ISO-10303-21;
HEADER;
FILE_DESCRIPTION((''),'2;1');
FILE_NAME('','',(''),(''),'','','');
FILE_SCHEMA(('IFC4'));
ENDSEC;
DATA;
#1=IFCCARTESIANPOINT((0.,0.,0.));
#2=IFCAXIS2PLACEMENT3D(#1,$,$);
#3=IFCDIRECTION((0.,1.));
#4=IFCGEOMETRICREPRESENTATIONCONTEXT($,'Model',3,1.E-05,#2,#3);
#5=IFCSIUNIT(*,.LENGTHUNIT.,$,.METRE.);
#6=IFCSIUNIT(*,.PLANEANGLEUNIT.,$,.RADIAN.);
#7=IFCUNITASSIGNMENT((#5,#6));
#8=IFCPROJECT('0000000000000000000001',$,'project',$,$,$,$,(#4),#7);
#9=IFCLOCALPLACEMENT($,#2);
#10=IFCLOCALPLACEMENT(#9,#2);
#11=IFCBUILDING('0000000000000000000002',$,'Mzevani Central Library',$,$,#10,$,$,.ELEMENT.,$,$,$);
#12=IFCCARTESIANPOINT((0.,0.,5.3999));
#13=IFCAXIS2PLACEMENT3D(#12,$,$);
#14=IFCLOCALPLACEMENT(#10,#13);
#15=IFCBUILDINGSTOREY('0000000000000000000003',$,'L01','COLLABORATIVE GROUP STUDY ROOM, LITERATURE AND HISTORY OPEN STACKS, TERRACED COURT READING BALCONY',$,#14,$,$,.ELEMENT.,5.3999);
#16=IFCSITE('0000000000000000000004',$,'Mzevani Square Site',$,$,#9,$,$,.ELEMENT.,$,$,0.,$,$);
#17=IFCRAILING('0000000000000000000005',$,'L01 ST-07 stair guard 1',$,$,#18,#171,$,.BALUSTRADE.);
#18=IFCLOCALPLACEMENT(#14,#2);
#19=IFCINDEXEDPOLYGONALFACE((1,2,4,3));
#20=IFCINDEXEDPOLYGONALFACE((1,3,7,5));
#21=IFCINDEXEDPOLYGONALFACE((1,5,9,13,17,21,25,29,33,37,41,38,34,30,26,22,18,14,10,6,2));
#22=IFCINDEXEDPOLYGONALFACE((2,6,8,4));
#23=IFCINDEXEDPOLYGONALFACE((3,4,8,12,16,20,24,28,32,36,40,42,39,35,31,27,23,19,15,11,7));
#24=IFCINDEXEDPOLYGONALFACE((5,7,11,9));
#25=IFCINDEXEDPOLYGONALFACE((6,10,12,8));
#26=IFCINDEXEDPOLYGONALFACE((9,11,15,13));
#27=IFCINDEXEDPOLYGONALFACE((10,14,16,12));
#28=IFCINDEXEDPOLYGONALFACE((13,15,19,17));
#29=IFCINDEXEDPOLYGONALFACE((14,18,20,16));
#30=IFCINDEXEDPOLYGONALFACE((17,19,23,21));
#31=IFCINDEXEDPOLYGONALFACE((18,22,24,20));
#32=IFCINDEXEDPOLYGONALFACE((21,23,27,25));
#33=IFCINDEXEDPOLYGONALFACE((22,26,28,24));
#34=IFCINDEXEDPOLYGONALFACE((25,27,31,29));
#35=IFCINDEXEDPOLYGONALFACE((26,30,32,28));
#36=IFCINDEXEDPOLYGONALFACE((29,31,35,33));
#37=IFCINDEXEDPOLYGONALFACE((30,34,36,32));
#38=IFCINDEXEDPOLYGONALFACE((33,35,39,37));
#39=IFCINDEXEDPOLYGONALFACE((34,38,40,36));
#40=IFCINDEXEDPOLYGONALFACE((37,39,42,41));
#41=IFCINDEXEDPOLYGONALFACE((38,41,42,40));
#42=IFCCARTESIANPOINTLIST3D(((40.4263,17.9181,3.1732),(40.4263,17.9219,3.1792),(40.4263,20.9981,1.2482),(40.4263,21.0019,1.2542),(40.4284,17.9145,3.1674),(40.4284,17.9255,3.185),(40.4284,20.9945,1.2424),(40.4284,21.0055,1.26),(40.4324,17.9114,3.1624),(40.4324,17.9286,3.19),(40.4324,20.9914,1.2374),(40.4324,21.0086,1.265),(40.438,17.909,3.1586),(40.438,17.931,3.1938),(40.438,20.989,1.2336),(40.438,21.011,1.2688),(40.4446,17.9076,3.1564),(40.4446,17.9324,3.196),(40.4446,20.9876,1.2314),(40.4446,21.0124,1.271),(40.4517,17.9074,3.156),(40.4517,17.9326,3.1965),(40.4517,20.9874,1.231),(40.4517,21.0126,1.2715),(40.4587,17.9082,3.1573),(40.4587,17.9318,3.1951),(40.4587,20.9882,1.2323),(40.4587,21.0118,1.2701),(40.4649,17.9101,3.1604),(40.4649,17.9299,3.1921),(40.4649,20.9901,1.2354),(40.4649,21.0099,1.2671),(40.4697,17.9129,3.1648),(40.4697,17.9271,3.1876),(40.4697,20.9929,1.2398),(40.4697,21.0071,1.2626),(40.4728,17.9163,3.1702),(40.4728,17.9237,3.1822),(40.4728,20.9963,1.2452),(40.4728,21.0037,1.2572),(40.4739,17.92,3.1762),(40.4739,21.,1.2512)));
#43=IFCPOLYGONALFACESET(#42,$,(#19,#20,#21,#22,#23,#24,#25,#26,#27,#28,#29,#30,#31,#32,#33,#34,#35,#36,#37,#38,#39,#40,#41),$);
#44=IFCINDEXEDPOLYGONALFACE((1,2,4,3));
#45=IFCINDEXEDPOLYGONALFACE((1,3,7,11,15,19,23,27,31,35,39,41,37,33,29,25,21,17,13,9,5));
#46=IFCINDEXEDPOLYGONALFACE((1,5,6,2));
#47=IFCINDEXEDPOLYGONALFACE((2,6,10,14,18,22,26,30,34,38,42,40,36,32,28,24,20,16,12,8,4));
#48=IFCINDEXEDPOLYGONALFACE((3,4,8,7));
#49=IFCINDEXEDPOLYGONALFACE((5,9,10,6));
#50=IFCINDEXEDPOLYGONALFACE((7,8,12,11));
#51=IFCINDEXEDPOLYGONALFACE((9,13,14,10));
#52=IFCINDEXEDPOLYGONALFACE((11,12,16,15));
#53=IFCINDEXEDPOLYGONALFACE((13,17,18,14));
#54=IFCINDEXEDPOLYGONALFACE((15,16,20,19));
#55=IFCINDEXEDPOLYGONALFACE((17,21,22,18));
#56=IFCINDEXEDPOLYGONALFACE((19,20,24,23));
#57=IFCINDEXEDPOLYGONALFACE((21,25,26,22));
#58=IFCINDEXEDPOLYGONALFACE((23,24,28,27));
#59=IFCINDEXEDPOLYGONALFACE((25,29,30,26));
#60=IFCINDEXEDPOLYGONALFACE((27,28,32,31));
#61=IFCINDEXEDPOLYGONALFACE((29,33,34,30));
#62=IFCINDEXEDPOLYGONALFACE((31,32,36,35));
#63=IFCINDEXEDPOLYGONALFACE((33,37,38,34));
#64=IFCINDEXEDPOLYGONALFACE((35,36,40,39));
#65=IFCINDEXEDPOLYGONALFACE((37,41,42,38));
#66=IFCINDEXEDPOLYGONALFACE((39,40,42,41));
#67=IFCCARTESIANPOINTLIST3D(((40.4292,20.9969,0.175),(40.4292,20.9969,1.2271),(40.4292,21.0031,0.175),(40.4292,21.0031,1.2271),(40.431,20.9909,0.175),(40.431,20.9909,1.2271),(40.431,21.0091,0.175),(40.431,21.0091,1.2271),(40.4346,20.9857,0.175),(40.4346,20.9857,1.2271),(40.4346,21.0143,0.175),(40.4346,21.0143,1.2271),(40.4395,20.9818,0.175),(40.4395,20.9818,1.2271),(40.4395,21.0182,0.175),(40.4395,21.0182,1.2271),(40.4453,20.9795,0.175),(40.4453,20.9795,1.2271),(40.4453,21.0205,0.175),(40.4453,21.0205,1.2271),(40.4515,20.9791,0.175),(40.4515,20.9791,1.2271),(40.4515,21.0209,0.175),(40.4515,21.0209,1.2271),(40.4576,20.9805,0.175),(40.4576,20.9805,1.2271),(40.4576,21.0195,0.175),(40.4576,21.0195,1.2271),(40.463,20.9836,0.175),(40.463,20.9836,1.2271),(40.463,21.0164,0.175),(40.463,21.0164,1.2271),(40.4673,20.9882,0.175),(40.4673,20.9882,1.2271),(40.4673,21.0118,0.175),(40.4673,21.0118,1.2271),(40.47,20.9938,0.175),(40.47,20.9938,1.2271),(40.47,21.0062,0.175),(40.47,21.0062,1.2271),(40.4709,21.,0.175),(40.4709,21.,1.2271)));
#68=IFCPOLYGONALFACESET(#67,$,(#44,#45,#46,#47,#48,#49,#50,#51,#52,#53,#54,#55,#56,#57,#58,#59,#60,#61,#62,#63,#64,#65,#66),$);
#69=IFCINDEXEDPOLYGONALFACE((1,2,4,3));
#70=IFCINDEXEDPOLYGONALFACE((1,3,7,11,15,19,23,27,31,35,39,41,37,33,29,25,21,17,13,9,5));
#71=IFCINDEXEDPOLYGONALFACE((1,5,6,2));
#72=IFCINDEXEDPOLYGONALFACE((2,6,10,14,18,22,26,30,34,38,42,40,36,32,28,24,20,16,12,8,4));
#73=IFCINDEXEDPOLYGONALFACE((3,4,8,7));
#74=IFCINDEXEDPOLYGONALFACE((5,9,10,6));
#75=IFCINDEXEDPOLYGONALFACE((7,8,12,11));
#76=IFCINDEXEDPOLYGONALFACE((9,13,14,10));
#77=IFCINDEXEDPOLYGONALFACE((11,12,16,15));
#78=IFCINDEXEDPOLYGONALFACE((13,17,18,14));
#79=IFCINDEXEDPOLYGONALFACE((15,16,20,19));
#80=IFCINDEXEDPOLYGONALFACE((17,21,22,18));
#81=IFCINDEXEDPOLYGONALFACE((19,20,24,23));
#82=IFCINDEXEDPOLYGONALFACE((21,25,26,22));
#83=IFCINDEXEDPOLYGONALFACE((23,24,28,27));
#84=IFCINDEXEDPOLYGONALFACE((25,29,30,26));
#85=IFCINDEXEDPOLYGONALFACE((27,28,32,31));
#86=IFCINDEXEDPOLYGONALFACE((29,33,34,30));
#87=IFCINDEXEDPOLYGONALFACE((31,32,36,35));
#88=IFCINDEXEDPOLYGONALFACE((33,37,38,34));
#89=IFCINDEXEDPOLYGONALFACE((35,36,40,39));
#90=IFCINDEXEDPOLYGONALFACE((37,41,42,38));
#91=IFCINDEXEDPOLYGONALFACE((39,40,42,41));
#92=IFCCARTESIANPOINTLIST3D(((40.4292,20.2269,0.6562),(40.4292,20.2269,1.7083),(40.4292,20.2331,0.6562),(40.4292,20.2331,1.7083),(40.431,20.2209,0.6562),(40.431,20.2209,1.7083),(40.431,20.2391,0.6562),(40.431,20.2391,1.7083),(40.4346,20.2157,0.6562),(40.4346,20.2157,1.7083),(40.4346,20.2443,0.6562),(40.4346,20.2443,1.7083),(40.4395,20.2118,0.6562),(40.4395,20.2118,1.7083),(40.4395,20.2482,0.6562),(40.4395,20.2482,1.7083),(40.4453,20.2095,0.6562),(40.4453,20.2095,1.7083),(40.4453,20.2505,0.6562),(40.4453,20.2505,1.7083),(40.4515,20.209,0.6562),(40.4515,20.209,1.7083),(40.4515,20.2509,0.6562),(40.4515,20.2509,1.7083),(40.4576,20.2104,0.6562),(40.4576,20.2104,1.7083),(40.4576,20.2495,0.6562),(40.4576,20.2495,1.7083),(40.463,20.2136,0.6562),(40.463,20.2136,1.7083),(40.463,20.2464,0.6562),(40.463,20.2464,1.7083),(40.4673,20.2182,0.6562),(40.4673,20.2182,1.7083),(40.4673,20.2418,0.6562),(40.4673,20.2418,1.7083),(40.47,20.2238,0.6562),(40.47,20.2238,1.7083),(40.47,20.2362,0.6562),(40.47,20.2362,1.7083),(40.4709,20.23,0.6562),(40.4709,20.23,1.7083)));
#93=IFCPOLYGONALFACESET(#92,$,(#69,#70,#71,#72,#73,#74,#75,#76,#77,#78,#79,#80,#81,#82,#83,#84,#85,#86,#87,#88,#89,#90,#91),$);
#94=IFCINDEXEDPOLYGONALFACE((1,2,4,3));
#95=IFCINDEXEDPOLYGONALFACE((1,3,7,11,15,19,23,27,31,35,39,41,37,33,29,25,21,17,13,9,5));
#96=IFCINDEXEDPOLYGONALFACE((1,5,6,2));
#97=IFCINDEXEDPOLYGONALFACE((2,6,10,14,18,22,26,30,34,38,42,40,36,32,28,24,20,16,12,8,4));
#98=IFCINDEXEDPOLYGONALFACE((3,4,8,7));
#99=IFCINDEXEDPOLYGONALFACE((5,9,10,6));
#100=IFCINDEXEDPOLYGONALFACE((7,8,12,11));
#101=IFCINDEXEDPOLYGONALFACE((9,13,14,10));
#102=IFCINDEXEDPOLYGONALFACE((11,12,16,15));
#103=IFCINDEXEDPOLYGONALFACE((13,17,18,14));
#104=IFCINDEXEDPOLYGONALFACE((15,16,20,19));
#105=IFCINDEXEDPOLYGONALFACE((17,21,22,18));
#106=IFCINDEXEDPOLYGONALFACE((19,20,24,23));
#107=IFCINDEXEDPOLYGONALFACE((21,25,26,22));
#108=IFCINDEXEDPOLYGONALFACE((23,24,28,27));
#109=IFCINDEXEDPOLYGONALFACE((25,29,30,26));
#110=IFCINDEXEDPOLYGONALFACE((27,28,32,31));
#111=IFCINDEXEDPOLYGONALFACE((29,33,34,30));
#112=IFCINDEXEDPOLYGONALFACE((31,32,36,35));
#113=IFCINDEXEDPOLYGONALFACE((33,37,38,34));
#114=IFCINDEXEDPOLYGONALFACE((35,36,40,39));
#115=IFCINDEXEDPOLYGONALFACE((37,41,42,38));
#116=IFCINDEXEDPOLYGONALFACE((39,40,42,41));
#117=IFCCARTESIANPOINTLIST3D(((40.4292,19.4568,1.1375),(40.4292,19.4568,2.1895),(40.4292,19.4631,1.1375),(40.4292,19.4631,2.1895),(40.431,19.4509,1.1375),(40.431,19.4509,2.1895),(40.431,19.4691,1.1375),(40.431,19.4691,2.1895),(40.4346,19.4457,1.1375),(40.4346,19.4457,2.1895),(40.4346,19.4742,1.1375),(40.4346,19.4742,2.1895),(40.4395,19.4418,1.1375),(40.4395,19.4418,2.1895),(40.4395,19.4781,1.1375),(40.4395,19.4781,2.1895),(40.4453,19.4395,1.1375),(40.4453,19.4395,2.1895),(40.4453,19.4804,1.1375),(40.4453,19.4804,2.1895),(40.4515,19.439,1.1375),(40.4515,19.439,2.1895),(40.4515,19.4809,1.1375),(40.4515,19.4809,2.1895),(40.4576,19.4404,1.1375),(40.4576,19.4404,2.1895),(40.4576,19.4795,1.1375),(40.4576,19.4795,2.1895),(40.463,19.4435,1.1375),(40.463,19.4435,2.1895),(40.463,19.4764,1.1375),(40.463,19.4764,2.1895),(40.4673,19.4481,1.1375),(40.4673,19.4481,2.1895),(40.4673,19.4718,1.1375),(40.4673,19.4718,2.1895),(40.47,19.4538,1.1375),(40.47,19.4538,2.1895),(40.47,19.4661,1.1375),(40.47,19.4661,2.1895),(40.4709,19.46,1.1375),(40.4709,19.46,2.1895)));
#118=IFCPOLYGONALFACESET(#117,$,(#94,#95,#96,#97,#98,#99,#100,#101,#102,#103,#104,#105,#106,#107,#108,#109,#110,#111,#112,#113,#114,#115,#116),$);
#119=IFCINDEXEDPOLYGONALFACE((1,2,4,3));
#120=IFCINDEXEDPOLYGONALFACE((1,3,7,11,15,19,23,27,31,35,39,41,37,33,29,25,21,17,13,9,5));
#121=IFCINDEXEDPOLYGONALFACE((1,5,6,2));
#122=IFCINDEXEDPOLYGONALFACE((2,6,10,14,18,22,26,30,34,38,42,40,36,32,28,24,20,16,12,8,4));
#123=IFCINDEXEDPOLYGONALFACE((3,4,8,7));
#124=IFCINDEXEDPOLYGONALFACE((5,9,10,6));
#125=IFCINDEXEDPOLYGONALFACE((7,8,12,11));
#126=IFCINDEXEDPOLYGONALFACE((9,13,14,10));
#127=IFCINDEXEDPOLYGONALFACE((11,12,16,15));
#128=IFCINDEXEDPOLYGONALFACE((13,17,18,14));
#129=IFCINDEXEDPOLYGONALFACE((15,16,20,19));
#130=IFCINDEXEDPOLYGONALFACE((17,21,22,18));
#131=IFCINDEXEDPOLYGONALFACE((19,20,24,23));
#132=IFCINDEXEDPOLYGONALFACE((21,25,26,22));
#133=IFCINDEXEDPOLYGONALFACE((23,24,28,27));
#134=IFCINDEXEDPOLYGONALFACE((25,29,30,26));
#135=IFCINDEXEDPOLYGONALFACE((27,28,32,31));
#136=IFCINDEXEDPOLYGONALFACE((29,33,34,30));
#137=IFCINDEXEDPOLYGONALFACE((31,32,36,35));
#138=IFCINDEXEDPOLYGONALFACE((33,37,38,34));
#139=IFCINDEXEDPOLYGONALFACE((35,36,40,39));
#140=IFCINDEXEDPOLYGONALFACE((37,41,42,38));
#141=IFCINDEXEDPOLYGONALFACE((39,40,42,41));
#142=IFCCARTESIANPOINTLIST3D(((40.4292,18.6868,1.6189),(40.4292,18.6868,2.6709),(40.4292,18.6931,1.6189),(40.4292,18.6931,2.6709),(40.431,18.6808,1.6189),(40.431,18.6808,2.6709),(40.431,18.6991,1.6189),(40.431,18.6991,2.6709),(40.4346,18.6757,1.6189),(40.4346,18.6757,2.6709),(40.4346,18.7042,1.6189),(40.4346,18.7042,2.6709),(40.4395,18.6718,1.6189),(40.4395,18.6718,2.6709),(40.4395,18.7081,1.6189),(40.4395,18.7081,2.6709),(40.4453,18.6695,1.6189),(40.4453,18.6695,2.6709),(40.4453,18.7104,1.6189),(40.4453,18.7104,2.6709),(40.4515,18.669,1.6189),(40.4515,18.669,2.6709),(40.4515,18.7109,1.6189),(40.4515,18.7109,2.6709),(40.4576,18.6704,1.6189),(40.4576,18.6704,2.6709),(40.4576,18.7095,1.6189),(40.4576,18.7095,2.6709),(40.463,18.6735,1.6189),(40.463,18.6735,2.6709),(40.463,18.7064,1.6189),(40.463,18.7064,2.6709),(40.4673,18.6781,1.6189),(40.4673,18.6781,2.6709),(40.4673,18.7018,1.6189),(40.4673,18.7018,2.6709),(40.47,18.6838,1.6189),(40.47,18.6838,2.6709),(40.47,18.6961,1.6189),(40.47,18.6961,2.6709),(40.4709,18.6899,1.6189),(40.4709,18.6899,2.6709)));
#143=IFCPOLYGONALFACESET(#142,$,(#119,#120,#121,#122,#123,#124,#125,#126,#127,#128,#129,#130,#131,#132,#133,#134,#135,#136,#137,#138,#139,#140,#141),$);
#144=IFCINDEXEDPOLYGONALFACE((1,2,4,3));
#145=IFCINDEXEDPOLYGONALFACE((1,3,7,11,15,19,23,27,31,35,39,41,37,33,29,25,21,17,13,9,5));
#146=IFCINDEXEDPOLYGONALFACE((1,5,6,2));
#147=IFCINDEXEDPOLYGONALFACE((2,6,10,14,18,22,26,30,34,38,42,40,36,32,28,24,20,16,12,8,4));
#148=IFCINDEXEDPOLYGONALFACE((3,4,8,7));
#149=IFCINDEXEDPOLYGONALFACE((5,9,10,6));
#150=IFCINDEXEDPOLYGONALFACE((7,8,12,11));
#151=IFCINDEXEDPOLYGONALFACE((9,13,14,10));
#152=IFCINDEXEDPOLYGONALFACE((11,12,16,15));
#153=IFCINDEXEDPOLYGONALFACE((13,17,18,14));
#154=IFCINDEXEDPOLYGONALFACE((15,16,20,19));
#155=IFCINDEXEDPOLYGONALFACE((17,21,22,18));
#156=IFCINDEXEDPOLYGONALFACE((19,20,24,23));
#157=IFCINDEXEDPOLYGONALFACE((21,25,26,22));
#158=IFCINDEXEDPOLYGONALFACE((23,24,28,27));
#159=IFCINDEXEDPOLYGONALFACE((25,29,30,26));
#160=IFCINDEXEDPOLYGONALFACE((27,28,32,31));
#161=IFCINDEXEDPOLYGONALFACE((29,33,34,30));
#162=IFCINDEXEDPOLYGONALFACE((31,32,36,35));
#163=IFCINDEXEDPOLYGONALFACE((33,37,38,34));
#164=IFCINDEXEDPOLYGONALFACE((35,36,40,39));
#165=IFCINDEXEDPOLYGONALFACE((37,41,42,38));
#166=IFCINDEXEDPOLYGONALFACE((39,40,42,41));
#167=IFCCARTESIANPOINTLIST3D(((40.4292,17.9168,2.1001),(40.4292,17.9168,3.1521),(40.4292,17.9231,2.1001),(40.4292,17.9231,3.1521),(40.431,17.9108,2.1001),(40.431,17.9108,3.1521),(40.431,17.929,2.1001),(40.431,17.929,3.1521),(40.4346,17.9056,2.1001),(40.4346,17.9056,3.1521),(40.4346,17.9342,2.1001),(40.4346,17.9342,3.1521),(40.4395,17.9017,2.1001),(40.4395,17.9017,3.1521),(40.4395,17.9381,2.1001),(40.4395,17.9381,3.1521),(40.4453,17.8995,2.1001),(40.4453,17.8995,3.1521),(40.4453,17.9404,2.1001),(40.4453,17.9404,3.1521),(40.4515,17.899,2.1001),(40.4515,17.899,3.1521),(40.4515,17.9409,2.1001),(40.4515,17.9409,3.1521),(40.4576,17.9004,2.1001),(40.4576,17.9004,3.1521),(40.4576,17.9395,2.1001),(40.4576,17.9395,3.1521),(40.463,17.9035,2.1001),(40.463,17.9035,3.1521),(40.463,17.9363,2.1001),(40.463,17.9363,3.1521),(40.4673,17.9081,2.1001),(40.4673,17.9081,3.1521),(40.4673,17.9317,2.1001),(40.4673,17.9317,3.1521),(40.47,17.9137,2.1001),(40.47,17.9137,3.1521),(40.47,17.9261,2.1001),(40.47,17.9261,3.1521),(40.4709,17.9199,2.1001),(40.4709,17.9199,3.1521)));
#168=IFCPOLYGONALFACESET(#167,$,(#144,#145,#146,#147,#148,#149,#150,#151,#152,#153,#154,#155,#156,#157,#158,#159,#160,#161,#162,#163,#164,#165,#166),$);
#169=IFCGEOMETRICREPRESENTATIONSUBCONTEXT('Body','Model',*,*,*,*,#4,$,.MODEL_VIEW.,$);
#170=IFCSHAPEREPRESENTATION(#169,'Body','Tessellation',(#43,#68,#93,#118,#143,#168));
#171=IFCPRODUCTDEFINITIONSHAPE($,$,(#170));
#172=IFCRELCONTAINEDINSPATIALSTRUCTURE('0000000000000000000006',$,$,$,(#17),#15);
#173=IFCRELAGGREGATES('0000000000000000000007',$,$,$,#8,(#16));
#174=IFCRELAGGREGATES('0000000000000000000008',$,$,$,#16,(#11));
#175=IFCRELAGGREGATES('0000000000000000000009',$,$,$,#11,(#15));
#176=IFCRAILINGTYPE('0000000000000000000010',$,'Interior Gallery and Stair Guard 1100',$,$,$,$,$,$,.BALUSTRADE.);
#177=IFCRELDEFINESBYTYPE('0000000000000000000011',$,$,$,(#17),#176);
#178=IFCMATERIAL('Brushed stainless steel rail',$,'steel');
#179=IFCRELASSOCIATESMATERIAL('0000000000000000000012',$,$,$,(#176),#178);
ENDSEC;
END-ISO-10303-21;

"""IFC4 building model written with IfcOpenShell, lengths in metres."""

from ifc_helpers import new_model, si_unit, direction, frame, origin, origin_2d, place, context, subcontext, project, spatial, circle, extrude, material, type_object, element, save


model = new_model("IFC4")

# Units and contexts
model_context = context("Model", 3, precision=1e-05, world=origin(), true_north=direction((0.0, 1.0)))
body_context = subcontext(model_context, "Body", "Model", "MODEL_VIEW")
ifc_project = project(units=[si_unit("LENGTHUNIT", "METRE"), si_unit("PLANEANGLEUNIT", "RADIAN")], contexts=[model_context])

# Site, building, storey
site_placement = place(None, origin())
site = spatial("IfcSite", under=ifc_project, at=site_placement, Name="Mzevani Square Site", CompositionType="ELEMENT", RefElevation=0.0)
building_placement = place(site_placement, origin())
building = spatial("IfcBuilding", under=site, at=building_placement, Name="Mzevani Central Library", CompositionType="ELEMENT")
storey_placement = place(building_placement, frame((0.0, 0.0, 5.3999)))
storey = spatial("IfcBuildingStorey", under=building, at=storey_placement, Name="L01", Description="COLLABORATIVE GROUP STUDY ROOM, LITERATURE AND HISTORY OPEN STACKS, TERRACED COURT READING BALCONY", CompositionType="ELEMENT", Elevation=5.3999)

# Railing
ifc_material_1 = material(Name="Brushed stainless steel rail", Category="steel")
railing_type = type_object("IfcRailingType", Name="Interior Gallery and Stair Guard 1100", PredefinedType="BALUSTRADE", material=ifc_material_1)
railing_1_placement = place(storey_placement, frame((40.45, 21.0, 0.175)))
element("IfcRailing", 1, at=railing_1_placement, inside=storey, type_object=railing_type, Name="L01 ST-07 stair guard 1", PredefinedType="BALUSTRADE", context=body_context, shape_type="SweptSolid", body=[
    extrude(circle(Radius=0.0239, at=origin_2d()), frame((0.0, 0.0, 1.0762), z_axis=(0.0, -0.847998, 0.529999), x_axis=(1.0, 0.0, 0.0)), (0.0, 0.0, 1.0), 3.6321),
    extrude(circle(Radius=0.021, at=origin_2d()), origin(), (0.0, 0.0, 1.0), 1.052),
    extrude(circle(Radius=0.021, at=origin_2d()), frame((0.0, -0.77, 0.4812)), (0.0, 0.0, 1.0), 1.052),
    extrude(circle(Radius=0.021, at=origin_2d()), frame((0.0, -1.54, 0.9624)), (0.0, 0.0, 1.0), 1.052),
    extrude(circle(Radius=0.021, at=origin_2d()), frame((0.0, -2.3101, 1.4438)), (0.0, 0.0, 1.0), 1.052),
    extrude(circle(Radius=0.021, at=origin_2d()), frame((0.0, -3.0801, 1.925)), (0.0, 0.0, 1.0), 1.052),
])

save(model, "model.ifc")
